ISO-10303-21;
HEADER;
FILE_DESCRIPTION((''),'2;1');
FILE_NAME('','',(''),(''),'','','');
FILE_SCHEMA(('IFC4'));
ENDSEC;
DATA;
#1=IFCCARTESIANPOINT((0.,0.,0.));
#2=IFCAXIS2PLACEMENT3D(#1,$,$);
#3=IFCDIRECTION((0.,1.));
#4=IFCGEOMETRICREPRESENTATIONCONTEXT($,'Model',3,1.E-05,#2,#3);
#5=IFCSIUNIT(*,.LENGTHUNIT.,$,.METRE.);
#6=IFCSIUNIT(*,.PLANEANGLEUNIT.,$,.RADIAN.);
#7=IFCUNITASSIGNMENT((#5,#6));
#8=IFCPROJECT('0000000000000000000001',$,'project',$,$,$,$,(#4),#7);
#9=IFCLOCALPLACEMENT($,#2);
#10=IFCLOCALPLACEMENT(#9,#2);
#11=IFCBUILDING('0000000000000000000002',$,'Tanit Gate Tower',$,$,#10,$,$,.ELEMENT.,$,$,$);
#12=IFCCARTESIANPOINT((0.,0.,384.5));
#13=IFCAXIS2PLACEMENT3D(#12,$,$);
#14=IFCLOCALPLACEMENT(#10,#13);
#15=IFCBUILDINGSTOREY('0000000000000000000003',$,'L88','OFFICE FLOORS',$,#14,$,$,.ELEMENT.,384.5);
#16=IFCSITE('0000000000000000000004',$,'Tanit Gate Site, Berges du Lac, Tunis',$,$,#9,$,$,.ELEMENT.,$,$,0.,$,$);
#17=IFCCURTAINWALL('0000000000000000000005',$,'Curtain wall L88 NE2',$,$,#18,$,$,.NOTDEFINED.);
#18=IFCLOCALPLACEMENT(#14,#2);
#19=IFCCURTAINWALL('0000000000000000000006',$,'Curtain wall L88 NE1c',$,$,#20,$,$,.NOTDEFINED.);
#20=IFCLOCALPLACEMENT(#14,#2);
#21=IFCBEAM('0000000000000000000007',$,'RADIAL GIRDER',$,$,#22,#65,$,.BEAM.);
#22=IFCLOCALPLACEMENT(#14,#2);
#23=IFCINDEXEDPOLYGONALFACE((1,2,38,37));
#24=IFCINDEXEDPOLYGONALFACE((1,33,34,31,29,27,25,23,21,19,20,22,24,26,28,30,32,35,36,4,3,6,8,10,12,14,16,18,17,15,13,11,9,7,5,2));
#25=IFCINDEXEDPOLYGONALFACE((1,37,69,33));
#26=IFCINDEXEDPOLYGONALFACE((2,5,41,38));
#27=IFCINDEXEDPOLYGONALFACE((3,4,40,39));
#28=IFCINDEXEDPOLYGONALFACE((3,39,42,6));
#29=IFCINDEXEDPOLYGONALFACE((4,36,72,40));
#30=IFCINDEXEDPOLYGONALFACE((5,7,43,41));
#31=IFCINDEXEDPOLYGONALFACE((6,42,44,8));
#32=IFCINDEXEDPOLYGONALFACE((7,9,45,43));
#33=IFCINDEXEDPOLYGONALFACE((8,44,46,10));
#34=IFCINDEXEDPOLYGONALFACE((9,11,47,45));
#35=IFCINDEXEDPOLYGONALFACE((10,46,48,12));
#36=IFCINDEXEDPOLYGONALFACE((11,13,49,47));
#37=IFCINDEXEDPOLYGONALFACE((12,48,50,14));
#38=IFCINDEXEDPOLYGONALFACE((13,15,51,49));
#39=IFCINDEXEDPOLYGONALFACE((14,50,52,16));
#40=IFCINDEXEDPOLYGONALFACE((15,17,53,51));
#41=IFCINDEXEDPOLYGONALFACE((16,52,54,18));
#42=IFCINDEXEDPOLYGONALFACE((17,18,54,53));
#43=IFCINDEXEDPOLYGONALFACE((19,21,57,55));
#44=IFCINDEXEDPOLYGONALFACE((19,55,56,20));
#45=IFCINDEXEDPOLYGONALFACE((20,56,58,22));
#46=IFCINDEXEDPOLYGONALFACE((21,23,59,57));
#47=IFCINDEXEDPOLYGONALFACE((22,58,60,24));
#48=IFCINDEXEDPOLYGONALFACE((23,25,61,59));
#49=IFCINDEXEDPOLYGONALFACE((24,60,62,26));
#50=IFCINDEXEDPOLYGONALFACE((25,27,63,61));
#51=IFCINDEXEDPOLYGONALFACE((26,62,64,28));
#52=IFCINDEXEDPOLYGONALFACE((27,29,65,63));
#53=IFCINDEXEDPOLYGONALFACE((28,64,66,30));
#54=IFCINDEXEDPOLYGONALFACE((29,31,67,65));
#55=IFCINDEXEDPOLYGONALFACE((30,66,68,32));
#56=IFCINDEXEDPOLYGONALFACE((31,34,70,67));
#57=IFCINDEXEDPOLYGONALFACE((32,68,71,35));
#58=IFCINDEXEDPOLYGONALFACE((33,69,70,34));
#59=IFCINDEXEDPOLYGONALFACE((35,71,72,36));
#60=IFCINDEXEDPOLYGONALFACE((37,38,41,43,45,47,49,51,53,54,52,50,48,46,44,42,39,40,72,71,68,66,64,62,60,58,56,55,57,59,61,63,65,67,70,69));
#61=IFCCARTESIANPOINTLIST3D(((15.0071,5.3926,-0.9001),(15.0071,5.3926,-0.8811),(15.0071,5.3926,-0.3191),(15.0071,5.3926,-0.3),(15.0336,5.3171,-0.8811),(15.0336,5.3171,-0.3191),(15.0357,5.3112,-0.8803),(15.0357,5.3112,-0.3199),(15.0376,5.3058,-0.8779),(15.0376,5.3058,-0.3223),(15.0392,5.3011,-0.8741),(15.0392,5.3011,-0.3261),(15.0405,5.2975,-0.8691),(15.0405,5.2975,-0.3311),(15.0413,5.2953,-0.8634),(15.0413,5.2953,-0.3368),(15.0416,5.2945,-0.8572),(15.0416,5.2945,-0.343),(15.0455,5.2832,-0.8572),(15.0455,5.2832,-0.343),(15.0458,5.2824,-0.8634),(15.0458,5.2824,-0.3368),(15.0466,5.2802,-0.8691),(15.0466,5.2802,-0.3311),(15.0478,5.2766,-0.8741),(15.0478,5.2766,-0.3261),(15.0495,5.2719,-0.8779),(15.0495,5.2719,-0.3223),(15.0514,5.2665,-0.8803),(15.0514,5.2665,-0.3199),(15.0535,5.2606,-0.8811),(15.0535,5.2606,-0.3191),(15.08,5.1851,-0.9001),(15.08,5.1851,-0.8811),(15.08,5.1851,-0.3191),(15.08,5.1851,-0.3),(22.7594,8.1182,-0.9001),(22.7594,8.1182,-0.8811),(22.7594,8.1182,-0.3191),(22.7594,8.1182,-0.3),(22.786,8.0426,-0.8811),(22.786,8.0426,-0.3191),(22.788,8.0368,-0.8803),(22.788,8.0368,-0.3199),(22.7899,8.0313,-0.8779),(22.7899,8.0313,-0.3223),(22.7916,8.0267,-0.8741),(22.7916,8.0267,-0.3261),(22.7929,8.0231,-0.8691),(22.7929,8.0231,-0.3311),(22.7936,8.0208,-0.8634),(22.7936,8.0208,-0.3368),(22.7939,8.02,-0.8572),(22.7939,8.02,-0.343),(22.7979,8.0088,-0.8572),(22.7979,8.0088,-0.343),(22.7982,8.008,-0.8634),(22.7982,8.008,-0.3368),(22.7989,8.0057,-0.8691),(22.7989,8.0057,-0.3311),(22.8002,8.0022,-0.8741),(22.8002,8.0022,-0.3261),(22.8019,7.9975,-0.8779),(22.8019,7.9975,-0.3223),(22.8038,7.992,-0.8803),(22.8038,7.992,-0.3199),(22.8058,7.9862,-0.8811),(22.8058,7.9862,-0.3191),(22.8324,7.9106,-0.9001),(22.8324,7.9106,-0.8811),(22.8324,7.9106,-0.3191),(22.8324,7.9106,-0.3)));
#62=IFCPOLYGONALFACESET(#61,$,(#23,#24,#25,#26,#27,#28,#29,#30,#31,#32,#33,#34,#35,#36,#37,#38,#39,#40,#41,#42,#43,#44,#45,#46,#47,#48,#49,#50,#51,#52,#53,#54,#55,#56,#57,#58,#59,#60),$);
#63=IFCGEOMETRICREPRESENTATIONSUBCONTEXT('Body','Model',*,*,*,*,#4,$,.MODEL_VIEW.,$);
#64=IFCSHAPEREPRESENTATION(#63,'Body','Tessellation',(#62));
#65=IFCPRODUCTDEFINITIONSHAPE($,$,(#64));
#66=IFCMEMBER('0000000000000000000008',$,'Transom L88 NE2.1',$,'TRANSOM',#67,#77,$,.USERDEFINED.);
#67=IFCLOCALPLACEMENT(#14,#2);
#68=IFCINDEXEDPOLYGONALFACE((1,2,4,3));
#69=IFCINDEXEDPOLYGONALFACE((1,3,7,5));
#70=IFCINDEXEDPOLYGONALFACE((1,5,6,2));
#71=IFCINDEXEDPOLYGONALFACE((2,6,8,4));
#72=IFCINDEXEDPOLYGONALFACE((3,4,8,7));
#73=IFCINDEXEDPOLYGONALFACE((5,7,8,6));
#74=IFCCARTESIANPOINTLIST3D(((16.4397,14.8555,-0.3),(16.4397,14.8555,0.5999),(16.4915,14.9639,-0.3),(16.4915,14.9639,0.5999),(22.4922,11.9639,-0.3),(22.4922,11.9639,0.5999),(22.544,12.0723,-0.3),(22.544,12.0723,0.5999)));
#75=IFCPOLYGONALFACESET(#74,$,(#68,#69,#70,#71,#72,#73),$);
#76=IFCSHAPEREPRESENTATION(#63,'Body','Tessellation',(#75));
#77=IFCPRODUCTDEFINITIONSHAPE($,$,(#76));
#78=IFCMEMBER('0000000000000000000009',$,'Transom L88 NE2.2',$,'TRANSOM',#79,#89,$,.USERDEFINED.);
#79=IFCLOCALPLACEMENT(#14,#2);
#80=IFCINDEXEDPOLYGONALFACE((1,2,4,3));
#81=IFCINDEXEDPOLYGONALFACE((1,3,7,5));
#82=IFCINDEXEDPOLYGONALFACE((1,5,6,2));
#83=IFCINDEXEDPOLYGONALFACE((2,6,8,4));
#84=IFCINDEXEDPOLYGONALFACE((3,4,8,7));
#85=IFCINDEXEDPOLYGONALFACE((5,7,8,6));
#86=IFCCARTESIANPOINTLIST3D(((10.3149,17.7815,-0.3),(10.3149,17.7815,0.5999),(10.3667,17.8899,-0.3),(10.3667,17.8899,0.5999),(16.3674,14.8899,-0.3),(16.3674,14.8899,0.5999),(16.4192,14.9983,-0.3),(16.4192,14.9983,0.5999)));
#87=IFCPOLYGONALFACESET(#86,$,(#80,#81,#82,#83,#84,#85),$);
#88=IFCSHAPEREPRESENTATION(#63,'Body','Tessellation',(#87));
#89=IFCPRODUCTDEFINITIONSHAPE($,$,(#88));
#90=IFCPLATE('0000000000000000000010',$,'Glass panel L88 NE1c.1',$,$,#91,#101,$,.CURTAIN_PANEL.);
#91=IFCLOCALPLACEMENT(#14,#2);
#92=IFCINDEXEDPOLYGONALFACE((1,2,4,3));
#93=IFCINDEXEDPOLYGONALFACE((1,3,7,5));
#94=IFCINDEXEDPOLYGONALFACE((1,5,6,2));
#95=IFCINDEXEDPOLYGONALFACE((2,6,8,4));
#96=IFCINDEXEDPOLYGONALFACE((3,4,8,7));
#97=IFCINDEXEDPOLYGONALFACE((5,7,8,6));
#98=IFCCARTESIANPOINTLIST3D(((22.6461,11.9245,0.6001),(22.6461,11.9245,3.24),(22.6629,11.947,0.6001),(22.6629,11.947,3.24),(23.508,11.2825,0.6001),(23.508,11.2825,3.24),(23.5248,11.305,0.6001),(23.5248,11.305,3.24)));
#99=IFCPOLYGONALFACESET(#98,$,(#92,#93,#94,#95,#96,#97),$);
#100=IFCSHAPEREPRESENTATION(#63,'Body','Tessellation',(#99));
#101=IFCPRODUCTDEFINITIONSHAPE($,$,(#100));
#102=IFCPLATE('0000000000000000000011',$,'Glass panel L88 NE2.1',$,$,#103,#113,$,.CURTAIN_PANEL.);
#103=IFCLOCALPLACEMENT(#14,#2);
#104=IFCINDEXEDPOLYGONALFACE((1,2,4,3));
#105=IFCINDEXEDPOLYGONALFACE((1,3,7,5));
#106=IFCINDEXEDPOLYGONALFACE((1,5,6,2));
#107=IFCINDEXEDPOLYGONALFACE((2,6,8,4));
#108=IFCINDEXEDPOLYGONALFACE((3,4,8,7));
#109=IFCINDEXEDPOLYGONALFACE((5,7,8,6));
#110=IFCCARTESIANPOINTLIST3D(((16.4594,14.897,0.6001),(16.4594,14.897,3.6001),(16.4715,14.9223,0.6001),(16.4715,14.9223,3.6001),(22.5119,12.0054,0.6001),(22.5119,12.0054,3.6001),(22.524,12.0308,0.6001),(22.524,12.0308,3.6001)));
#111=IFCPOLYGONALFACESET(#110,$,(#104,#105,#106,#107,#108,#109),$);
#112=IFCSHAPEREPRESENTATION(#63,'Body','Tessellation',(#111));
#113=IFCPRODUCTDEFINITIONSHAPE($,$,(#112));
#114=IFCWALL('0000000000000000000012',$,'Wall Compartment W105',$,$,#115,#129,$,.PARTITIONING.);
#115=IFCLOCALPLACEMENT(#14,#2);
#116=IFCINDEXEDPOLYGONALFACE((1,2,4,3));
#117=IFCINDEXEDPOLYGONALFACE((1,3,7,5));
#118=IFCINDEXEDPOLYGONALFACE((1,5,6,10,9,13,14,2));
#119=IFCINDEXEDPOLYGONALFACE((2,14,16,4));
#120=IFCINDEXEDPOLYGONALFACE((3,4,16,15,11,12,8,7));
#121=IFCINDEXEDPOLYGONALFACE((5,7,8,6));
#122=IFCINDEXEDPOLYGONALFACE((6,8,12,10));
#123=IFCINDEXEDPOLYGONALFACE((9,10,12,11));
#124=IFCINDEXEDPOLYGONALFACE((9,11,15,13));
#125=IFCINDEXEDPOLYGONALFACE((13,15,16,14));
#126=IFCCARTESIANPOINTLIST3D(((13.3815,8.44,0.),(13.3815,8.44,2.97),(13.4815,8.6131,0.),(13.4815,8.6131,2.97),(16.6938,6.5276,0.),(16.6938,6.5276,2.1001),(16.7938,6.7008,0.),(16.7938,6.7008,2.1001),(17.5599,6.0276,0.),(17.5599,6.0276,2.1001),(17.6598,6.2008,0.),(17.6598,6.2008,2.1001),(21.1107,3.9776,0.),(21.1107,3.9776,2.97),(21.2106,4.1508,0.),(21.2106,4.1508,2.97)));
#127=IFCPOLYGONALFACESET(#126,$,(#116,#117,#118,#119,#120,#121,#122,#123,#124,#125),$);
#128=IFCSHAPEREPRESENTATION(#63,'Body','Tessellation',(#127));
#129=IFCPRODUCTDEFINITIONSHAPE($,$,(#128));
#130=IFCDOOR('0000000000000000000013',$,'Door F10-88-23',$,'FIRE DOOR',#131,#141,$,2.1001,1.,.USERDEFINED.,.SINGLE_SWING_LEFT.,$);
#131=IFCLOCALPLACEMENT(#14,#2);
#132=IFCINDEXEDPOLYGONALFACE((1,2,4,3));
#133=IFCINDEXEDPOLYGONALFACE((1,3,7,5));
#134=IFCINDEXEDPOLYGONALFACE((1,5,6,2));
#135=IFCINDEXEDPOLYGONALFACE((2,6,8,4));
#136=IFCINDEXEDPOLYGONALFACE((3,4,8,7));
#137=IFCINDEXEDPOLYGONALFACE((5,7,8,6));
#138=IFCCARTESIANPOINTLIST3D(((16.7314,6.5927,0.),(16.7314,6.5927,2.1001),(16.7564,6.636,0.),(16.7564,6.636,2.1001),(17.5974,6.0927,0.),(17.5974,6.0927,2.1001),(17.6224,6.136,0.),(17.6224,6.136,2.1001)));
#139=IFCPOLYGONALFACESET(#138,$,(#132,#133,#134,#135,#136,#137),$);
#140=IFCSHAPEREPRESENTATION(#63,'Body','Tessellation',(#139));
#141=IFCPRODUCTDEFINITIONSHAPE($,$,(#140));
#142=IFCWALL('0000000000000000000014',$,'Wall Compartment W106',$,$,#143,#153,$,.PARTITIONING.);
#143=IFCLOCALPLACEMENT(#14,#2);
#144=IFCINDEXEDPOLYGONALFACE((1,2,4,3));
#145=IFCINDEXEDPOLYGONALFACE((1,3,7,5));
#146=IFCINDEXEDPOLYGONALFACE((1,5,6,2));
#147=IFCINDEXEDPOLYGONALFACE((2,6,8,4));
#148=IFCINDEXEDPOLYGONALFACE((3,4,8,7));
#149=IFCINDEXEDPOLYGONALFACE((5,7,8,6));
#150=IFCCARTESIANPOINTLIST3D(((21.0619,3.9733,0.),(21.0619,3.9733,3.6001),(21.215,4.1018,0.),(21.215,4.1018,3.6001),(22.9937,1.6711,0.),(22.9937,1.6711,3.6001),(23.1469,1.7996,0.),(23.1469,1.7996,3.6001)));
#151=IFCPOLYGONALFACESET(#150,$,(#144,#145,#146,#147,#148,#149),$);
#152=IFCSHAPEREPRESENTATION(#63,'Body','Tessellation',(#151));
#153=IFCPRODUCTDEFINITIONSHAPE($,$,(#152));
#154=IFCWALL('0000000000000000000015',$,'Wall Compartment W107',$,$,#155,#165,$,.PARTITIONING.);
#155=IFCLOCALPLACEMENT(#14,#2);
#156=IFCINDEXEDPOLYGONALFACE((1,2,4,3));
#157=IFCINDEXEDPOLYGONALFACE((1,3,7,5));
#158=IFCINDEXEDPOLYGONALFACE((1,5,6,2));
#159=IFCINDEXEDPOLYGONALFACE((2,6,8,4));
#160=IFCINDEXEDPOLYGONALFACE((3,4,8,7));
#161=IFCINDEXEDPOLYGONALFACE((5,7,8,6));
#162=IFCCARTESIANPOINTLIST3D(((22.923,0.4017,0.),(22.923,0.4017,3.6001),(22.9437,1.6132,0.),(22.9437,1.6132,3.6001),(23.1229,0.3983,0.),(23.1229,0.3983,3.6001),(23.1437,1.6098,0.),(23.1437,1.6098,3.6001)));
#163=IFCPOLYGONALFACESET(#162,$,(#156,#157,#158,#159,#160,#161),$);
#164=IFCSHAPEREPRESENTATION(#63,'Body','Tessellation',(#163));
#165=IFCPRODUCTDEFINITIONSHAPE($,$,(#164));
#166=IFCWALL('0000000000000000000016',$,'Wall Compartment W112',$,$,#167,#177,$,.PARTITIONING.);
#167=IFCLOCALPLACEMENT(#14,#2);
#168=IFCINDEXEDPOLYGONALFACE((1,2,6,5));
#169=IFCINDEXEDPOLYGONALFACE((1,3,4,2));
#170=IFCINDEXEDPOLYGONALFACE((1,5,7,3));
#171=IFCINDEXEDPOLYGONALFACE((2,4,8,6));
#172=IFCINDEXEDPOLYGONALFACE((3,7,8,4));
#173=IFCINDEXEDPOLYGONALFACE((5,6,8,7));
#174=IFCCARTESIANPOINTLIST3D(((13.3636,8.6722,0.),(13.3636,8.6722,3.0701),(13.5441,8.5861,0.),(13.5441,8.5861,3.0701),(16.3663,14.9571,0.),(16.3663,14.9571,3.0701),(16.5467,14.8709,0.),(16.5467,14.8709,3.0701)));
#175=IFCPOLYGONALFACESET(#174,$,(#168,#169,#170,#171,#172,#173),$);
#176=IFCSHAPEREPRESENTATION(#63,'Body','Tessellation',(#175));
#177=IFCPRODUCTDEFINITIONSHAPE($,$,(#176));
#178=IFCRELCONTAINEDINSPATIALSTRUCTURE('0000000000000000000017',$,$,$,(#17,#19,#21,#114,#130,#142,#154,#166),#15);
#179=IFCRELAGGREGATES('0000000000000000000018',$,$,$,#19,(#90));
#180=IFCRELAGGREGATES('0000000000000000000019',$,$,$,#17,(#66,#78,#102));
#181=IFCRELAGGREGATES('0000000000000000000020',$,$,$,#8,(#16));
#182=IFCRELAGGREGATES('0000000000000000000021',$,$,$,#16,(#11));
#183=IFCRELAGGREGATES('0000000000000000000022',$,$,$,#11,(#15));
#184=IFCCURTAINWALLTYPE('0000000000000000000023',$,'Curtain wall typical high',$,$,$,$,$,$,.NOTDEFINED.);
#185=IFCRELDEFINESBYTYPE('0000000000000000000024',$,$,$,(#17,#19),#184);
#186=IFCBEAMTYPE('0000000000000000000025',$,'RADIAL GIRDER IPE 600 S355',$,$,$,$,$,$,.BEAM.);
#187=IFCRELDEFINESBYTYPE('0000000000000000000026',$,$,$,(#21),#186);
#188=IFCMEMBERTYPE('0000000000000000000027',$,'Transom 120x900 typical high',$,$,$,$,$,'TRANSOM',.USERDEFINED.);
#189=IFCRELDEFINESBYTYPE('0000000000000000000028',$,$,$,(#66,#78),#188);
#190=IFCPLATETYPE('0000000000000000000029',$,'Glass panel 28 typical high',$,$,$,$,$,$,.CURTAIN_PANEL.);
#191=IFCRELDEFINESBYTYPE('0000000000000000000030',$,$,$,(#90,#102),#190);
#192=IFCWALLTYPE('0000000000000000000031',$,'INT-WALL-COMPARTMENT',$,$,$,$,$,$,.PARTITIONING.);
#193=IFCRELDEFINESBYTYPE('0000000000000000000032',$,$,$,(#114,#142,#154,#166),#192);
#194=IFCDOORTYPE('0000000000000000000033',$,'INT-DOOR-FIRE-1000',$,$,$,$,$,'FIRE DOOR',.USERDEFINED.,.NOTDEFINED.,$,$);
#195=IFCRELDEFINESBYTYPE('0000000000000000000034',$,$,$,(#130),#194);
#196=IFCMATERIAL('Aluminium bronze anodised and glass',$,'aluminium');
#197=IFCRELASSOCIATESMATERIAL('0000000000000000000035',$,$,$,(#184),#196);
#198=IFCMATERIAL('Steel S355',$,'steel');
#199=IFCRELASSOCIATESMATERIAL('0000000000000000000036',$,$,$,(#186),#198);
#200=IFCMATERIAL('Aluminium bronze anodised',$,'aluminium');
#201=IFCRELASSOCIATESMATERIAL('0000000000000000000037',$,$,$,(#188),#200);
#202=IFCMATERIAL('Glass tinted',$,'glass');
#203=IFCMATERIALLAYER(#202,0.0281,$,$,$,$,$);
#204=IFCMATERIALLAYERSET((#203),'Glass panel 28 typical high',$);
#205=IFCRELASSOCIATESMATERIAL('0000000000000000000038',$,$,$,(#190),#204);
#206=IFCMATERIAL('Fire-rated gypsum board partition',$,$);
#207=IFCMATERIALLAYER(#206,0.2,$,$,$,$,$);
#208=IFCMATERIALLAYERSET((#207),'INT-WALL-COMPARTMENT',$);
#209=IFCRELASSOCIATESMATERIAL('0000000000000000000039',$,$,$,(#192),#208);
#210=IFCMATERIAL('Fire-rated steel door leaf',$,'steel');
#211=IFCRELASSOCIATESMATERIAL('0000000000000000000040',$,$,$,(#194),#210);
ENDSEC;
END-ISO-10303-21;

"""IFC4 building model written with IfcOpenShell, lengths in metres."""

from ifc_helpers import new_model, si_unit, direction, frame, frame_2d, origin, origin_2d, place, context, subcontext, project, spatial, rectangle, i_section, extrude, material, layer, layer_set, material_profile, profile_set, type_object, element, fill, aggregate, save


model = new_model("IFC4")

# Units and contexts
model_context = context("Model", 3, precision=1e-05, world=origin(), true_north=direction((0.0, 1.0)))
body_context = subcontext(model_context, "Body", "Model", "MODEL_VIEW")
ifc_project = project(units=[si_unit("LENGTHUNIT", "METRE"), si_unit("PLANEANGLEUNIT", "RADIAN")], contexts=[model_context])

# Site, building, storey
site_placement = place(None, origin())
site = spatial("IfcSite", under=ifc_project, at=site_placement, Name="Tanit Gate Site, Berges du Lac, Tunis", CompositionType="ELEMENT", RefElevation=0.0)
building_placement = place(site_placement, origin())
building = spatial("IfcBuilding", under=site, at=building_placement, Name="Tanit Gate Tower", CompositionType="ELEMENT")
storey_placement = place(building_placement, frame((0.0, 0.0, 384.5)))
storey = spatial("IfcBuildingStorey", under=building, at=storey_placement, Name="L88", Description="OFFICE FLOORS", CompositionType="ELEMENT", Elevation=384.5)

# Curtain wall
ifc_material_1 = material(Name="Aluminium bronze anodised and glass", Category="aluminium")
curtain_wall_type = type_object("IfcCurtainWallType", Name="Curtain wall typical high", PredefinedType="NOTDEFINED", material=ifc_material_1)
curtain_wall_1_placement = place(storey_placement, origin())
curtain_wall_1 = element("IfcCurtainWall", 1, at=curtain_wall_1_placement, inside=storey, type_object=curtain_wall_type, Name="Curtain wall L88 NE2", PredefinedType="NOTDEFINED")

# Curtain wall
curtain_wall_2_placement = place(storey_placement, origin())
curtain_wall_2 = element("IfcCurtainWall", 2, at=curtain_wall_2_placement, inside=storey, type_object=curtain_wall_type, Name="Curtain wall L88 NE1c", PredefinedType="NOTDEFINED")

# Beam
ifc_material_2 = material(Name="Steel S355", Category="steel")
ifc_material_profile_1 = material_profile(ifc_material_2, i_section(OverallWidth=0.22, OverallDepth=0.6001, WebThickness=0.012, FlangeThickness=0.019, FilletRadius=0.0239, at=origin_2d()), Name="IPE 600")
ifc_profile_set_1 = profile_set([ifc_material_profile_1], Name="Steel S355")
beam_type_1 = type_object("IfcBeamType", Name="RADIAL GIRDER IPE 600 S355", PredefinedType="BEAM", material=ifc_profile_set_1)
beam_1_placement = place(storey_placement, frame((22.7959, 8.0144, -0.6001), z_axis=(-0.943393, -0.331676, 0.0), x_axis=(0.331676, -0.943393, 0.0)))
element("IfcBeam", 3, at=beam_1_placement, inside=storey, type_object=beam_type_1, Name="RADIAL GIRDER", PredefinedType="BEAM", context=body_context, shape_type="SweptSolid", body=[
    extrude(i_section(OverallWidth=0.22, OverallDepth=0.6001, WebThickness=0.012, FlangeThickness=0.019, FilletRadius=0.0239, at=origin_2d()), origin(), (0.0, 0.0, 1.0), 8.2175),
])

# Members
ifc_material_3 = material(Name="Aluminium bronze anodised", Category="aluminium")
ifc_material_profile_2 = material_profile(ifc_material_3, rectangle(XDim=0.1201, YDim=0.8999, at=origin_2d()), Name="120x900 bronze transom")
ifc_profile_set_2 = profile_set([ifc_material_profile_2], Name="Aluminium bronze anodised")
member_type_1 = type_object("IfcMemberType", Name="Transom 120x900 typical high", ElementType="TRANSOM", PredefinedType="USERDEFINED", material=ifc_profile_set_2)
member_1_placement = place(storey_placement, frame((22.5181, 12.0181, 0.1499), z_axis=(-0.902312, 0.431083, 0.0), x_axis=(-0.431083, -0.902312, 0.0)))
member_1 = element("IfcMember", 4, at=member_1_placement, type_object=member_type_1, Name="Transom L88 NE2.1", ObjectType="TRANSOM", PredefinedType="USERDEFINED", context=body_context, shape_type="SweptSolid", body=[
    extrude(rectangle(XDim=0.1201, YDim=0.8999, at=origin_2d()), origin(), (0.0, 0.0, 1.0), 6.7078),
])
member_2_placement = place(storey_placement, frame((16.3933, 14.9441, 0.1499), z_axis=(-0.902312, 0.431083, 0.0), x_axis=(-0.431083, -0.902312, 0.0)))
member_2 = element("IfcMember", 5, at=member_2_placement, type_object=member_type_1, Name="Transom L88 NE2.2", ObjectType="TRANSOM", PredefinedType="USERDEFINED", context=body_context, shape_type="SweptSolid", body=[
    extrude(rectangle(XDim=0.1201, YDim=0.8999, at=origin_2d()), origin(), (0.0, 0.0, 1.0), 6.7078),
])

# Plates
ifc_material_4 = material(Name="Glass tinted", Category="glass")
ifc_layer_1 = layer(ifc_material_4, 0.0281)
ifc_layer_set_1 = layer_set([ifc_layer_1], Name="Glass panel 28 typical high")
plate_type = type_object("IfcPlateType", Name="Glass panel 28 typical high", PredefinedType="CURTAIN_PANEL", material=ifc_layer_set_1)
plate_1_placement = place(storey_placement, frame((23.0854, 11.6147, 0.6001), z_axis=(0.0, 0.0, 1.0), x_axis=(-0.801988, 0.597341, 0.0)))
plate_1 = element("IfcPlate", 6, at=plate_1_placement, type_object=plate_type, Name="Glass panel L88 NE1c.1", PredefinedType="CURTAIN_PANEL", context=body_context, shape_type="SweptSolid", body=[
    extrude(rectangle(XDim=1.0747, YDim=0.0281, at=origin_2d()), origin(), (0.0, 0.0, 1.0), 2.6399),
])
aggregate(curtain_wall_2, [plate_1])
plate_2_placement = place(storey_placement, frame((19.4917, 13.4639, 0.6001), z_axis=(0.0, 0.0, 1.0), x_axis=(-0.902317, 0.431073, 0.0)))
plate_2 = element("IfcPlate", 7, at=plate_2_placement, type_object=plate_type, Name="Glass panel L88 NE2.1", PredefinedType="CURTAIN_PANEL", context=body_context, shape_type="SweptSolid", body=[
    extrude(rectangle(XDim=6.7078, YDim=0.0281, at=origin_2d()), origin(), (0.0, 0.0, 1.0), 3.0),
])
aggregate(curtain_wall_1, [member_1, member_2, plate_2])

# Wall, opening, door
ifc_material_5 = material(Name="Fire-rated gypsum board partition")
ifc_layer_2 = layer(ifc_material_5, 0.2)
ifc_layer_set_2 = layer_set([ifc_layer_2], Name="INT-WALL-COMPARTMENT")
wall_type_1 = type_object("IfcWallType", Name="INT-WALL-COMPARTMENT", PredefinedType="PARTITIONING", material=ifc_layer_set_2)
wall_1_placement = place(storey_placement, frame((21.1606, 4.0642, 0.0), z_axis=(0.0, 0.0, 1.0), x_axis=(-0.866029, 0.499993, 0.0)))
wall_1 = element("IfcWall", 8, at=wall_1_placement, inside=storey, type_object=wall_type_1, Name="Wall Compartment W105", PredefinedType="PARTITIONING", context=body_context, shape_type="SweptSolid", body=[
    extrude(rectangle(XDim=8.9248, YDim=0.2, at=frame_2d((4.4624, 0.0))), origin(), (0.0, 0.0, 1.0), 2.97),
])
opening_1_placement = place(wall_1_placement, frame((4.1001, 0.0, 0.0)))
opening_1 = element("IfcOpeningElement", 9, at=opening_1_placement, cuts=wall_1, PredefinedType="OPENING", context=body_context, shape_type="SweptSolid", body=[
    extrude(rectangle(XDim=1.0, YDim=2.1001, at=frame_2d((0.5, 1.05))), frame((0.0, 0.1099, 0.0), z_axis=(0.0, -1.0, 0.0), x_axis=(1.0, 0.0, 0.0)), (0.0, 0.0, 1.0), 0.22),
])
ifc_material_6 = material(Name="Fire-rated steel door leaf", Category="steel")
door_type_1 = type_object("IfcDoorType", Name="INT-DOOR-FIRE-1000", ElementType="FIRE DOOR", OperationType="NOTDEFINED", PredefinedType="USERDEFINED", material=ifc_material_6)
door_1_placement = place(opening_1_placement, origin())
door_1 = element("IfcDoor", 10, at=door_1_placement, inside=storey, type_object=door_type_1, Name="Door F10-88-23", ObjectType="FIRE DOOR", OperationType="SINGLE_SWING_LEFT", OverallHeight=2.1001, OverallWidth=1.0, PredefinedType="USERDEFINED", context=body_context, shape_type="SweptSolid", body=[
    extrude(rectangle(XDim=1.0, YDim=2.1001, at=frame_2d((0.5, 1.05))), frame((0.0, 0.0249, 0.0), z_axis=(0.0, -1.0, 0.0), x_axis=(1.0, 0.0, 0.0)), (0.0, 0.0, 1.0), 0.05),
])
fill(opening_1, door_1)

# Walls
wall_2_placement = place(storey_placement, frame((23.0703, 1.7354, 0.0), z_axis=(0.0, 0.0, 1.0), x_axis=(-0.642801, 0.766033, 0.0)))
element("IfcWall", 11, at=wall_2_placement, inside=storey, type_object=wall_type_1, Name="Wall Compartment W106", PredefinedType="PARTITIONING", context=body_context, shape_type="SweptSolid", body=[
    extrude(rectangle(XDim=3.0054, YDim=0.2, at=frame_2d((1.5027, 0.0))), origin(), (0.0, 0.0, 1.0), 3.6001),
])
wall_3_placement = place(storey_placement, frame((23.0229, 0.3999, 0.0), z_axis=(0.0, 0.0, 1.0), x_axis=(0.017128, 0.999853, 0.0)))
element("IfcWall", 12, at=wall_3_placement, inside=storey, type_object=wall_type_1, Name="Wall Compartment W107", PredefinedType="PARTITIONING", context=body_context, shape_type="SweptSolid", body=[
    extrude(rectangle(XDim=1.2117, YDim=0.2, at=frame_2d((0.606, 0.0))), origin(), (0.0, 0.0, 1.0), 3.6001),
])
wall_4_placement = place(storey_placement, frame((13.4539, 8.6292, 0.0), z_axis=(0.0, 0.0, 1.0), x_axis=(0.431088, 0.90231, 0.0)))
element("IfcWall", 13, at=wall_4_placement, inside=storey, type_object=wall_type_1, Name="Wall Compartment W112", PredefinedType="PARTITIONING", context=body_context, shape_type="SweptSolid", body=[
    extrude(rectangle(XDim=6.9653, YDim=0.2, at=frame_2d((3.4827, 0.0))), origin(), (0.0, 0.0, 1.0), 3.0701),
])

save(model, "model.ifc")
